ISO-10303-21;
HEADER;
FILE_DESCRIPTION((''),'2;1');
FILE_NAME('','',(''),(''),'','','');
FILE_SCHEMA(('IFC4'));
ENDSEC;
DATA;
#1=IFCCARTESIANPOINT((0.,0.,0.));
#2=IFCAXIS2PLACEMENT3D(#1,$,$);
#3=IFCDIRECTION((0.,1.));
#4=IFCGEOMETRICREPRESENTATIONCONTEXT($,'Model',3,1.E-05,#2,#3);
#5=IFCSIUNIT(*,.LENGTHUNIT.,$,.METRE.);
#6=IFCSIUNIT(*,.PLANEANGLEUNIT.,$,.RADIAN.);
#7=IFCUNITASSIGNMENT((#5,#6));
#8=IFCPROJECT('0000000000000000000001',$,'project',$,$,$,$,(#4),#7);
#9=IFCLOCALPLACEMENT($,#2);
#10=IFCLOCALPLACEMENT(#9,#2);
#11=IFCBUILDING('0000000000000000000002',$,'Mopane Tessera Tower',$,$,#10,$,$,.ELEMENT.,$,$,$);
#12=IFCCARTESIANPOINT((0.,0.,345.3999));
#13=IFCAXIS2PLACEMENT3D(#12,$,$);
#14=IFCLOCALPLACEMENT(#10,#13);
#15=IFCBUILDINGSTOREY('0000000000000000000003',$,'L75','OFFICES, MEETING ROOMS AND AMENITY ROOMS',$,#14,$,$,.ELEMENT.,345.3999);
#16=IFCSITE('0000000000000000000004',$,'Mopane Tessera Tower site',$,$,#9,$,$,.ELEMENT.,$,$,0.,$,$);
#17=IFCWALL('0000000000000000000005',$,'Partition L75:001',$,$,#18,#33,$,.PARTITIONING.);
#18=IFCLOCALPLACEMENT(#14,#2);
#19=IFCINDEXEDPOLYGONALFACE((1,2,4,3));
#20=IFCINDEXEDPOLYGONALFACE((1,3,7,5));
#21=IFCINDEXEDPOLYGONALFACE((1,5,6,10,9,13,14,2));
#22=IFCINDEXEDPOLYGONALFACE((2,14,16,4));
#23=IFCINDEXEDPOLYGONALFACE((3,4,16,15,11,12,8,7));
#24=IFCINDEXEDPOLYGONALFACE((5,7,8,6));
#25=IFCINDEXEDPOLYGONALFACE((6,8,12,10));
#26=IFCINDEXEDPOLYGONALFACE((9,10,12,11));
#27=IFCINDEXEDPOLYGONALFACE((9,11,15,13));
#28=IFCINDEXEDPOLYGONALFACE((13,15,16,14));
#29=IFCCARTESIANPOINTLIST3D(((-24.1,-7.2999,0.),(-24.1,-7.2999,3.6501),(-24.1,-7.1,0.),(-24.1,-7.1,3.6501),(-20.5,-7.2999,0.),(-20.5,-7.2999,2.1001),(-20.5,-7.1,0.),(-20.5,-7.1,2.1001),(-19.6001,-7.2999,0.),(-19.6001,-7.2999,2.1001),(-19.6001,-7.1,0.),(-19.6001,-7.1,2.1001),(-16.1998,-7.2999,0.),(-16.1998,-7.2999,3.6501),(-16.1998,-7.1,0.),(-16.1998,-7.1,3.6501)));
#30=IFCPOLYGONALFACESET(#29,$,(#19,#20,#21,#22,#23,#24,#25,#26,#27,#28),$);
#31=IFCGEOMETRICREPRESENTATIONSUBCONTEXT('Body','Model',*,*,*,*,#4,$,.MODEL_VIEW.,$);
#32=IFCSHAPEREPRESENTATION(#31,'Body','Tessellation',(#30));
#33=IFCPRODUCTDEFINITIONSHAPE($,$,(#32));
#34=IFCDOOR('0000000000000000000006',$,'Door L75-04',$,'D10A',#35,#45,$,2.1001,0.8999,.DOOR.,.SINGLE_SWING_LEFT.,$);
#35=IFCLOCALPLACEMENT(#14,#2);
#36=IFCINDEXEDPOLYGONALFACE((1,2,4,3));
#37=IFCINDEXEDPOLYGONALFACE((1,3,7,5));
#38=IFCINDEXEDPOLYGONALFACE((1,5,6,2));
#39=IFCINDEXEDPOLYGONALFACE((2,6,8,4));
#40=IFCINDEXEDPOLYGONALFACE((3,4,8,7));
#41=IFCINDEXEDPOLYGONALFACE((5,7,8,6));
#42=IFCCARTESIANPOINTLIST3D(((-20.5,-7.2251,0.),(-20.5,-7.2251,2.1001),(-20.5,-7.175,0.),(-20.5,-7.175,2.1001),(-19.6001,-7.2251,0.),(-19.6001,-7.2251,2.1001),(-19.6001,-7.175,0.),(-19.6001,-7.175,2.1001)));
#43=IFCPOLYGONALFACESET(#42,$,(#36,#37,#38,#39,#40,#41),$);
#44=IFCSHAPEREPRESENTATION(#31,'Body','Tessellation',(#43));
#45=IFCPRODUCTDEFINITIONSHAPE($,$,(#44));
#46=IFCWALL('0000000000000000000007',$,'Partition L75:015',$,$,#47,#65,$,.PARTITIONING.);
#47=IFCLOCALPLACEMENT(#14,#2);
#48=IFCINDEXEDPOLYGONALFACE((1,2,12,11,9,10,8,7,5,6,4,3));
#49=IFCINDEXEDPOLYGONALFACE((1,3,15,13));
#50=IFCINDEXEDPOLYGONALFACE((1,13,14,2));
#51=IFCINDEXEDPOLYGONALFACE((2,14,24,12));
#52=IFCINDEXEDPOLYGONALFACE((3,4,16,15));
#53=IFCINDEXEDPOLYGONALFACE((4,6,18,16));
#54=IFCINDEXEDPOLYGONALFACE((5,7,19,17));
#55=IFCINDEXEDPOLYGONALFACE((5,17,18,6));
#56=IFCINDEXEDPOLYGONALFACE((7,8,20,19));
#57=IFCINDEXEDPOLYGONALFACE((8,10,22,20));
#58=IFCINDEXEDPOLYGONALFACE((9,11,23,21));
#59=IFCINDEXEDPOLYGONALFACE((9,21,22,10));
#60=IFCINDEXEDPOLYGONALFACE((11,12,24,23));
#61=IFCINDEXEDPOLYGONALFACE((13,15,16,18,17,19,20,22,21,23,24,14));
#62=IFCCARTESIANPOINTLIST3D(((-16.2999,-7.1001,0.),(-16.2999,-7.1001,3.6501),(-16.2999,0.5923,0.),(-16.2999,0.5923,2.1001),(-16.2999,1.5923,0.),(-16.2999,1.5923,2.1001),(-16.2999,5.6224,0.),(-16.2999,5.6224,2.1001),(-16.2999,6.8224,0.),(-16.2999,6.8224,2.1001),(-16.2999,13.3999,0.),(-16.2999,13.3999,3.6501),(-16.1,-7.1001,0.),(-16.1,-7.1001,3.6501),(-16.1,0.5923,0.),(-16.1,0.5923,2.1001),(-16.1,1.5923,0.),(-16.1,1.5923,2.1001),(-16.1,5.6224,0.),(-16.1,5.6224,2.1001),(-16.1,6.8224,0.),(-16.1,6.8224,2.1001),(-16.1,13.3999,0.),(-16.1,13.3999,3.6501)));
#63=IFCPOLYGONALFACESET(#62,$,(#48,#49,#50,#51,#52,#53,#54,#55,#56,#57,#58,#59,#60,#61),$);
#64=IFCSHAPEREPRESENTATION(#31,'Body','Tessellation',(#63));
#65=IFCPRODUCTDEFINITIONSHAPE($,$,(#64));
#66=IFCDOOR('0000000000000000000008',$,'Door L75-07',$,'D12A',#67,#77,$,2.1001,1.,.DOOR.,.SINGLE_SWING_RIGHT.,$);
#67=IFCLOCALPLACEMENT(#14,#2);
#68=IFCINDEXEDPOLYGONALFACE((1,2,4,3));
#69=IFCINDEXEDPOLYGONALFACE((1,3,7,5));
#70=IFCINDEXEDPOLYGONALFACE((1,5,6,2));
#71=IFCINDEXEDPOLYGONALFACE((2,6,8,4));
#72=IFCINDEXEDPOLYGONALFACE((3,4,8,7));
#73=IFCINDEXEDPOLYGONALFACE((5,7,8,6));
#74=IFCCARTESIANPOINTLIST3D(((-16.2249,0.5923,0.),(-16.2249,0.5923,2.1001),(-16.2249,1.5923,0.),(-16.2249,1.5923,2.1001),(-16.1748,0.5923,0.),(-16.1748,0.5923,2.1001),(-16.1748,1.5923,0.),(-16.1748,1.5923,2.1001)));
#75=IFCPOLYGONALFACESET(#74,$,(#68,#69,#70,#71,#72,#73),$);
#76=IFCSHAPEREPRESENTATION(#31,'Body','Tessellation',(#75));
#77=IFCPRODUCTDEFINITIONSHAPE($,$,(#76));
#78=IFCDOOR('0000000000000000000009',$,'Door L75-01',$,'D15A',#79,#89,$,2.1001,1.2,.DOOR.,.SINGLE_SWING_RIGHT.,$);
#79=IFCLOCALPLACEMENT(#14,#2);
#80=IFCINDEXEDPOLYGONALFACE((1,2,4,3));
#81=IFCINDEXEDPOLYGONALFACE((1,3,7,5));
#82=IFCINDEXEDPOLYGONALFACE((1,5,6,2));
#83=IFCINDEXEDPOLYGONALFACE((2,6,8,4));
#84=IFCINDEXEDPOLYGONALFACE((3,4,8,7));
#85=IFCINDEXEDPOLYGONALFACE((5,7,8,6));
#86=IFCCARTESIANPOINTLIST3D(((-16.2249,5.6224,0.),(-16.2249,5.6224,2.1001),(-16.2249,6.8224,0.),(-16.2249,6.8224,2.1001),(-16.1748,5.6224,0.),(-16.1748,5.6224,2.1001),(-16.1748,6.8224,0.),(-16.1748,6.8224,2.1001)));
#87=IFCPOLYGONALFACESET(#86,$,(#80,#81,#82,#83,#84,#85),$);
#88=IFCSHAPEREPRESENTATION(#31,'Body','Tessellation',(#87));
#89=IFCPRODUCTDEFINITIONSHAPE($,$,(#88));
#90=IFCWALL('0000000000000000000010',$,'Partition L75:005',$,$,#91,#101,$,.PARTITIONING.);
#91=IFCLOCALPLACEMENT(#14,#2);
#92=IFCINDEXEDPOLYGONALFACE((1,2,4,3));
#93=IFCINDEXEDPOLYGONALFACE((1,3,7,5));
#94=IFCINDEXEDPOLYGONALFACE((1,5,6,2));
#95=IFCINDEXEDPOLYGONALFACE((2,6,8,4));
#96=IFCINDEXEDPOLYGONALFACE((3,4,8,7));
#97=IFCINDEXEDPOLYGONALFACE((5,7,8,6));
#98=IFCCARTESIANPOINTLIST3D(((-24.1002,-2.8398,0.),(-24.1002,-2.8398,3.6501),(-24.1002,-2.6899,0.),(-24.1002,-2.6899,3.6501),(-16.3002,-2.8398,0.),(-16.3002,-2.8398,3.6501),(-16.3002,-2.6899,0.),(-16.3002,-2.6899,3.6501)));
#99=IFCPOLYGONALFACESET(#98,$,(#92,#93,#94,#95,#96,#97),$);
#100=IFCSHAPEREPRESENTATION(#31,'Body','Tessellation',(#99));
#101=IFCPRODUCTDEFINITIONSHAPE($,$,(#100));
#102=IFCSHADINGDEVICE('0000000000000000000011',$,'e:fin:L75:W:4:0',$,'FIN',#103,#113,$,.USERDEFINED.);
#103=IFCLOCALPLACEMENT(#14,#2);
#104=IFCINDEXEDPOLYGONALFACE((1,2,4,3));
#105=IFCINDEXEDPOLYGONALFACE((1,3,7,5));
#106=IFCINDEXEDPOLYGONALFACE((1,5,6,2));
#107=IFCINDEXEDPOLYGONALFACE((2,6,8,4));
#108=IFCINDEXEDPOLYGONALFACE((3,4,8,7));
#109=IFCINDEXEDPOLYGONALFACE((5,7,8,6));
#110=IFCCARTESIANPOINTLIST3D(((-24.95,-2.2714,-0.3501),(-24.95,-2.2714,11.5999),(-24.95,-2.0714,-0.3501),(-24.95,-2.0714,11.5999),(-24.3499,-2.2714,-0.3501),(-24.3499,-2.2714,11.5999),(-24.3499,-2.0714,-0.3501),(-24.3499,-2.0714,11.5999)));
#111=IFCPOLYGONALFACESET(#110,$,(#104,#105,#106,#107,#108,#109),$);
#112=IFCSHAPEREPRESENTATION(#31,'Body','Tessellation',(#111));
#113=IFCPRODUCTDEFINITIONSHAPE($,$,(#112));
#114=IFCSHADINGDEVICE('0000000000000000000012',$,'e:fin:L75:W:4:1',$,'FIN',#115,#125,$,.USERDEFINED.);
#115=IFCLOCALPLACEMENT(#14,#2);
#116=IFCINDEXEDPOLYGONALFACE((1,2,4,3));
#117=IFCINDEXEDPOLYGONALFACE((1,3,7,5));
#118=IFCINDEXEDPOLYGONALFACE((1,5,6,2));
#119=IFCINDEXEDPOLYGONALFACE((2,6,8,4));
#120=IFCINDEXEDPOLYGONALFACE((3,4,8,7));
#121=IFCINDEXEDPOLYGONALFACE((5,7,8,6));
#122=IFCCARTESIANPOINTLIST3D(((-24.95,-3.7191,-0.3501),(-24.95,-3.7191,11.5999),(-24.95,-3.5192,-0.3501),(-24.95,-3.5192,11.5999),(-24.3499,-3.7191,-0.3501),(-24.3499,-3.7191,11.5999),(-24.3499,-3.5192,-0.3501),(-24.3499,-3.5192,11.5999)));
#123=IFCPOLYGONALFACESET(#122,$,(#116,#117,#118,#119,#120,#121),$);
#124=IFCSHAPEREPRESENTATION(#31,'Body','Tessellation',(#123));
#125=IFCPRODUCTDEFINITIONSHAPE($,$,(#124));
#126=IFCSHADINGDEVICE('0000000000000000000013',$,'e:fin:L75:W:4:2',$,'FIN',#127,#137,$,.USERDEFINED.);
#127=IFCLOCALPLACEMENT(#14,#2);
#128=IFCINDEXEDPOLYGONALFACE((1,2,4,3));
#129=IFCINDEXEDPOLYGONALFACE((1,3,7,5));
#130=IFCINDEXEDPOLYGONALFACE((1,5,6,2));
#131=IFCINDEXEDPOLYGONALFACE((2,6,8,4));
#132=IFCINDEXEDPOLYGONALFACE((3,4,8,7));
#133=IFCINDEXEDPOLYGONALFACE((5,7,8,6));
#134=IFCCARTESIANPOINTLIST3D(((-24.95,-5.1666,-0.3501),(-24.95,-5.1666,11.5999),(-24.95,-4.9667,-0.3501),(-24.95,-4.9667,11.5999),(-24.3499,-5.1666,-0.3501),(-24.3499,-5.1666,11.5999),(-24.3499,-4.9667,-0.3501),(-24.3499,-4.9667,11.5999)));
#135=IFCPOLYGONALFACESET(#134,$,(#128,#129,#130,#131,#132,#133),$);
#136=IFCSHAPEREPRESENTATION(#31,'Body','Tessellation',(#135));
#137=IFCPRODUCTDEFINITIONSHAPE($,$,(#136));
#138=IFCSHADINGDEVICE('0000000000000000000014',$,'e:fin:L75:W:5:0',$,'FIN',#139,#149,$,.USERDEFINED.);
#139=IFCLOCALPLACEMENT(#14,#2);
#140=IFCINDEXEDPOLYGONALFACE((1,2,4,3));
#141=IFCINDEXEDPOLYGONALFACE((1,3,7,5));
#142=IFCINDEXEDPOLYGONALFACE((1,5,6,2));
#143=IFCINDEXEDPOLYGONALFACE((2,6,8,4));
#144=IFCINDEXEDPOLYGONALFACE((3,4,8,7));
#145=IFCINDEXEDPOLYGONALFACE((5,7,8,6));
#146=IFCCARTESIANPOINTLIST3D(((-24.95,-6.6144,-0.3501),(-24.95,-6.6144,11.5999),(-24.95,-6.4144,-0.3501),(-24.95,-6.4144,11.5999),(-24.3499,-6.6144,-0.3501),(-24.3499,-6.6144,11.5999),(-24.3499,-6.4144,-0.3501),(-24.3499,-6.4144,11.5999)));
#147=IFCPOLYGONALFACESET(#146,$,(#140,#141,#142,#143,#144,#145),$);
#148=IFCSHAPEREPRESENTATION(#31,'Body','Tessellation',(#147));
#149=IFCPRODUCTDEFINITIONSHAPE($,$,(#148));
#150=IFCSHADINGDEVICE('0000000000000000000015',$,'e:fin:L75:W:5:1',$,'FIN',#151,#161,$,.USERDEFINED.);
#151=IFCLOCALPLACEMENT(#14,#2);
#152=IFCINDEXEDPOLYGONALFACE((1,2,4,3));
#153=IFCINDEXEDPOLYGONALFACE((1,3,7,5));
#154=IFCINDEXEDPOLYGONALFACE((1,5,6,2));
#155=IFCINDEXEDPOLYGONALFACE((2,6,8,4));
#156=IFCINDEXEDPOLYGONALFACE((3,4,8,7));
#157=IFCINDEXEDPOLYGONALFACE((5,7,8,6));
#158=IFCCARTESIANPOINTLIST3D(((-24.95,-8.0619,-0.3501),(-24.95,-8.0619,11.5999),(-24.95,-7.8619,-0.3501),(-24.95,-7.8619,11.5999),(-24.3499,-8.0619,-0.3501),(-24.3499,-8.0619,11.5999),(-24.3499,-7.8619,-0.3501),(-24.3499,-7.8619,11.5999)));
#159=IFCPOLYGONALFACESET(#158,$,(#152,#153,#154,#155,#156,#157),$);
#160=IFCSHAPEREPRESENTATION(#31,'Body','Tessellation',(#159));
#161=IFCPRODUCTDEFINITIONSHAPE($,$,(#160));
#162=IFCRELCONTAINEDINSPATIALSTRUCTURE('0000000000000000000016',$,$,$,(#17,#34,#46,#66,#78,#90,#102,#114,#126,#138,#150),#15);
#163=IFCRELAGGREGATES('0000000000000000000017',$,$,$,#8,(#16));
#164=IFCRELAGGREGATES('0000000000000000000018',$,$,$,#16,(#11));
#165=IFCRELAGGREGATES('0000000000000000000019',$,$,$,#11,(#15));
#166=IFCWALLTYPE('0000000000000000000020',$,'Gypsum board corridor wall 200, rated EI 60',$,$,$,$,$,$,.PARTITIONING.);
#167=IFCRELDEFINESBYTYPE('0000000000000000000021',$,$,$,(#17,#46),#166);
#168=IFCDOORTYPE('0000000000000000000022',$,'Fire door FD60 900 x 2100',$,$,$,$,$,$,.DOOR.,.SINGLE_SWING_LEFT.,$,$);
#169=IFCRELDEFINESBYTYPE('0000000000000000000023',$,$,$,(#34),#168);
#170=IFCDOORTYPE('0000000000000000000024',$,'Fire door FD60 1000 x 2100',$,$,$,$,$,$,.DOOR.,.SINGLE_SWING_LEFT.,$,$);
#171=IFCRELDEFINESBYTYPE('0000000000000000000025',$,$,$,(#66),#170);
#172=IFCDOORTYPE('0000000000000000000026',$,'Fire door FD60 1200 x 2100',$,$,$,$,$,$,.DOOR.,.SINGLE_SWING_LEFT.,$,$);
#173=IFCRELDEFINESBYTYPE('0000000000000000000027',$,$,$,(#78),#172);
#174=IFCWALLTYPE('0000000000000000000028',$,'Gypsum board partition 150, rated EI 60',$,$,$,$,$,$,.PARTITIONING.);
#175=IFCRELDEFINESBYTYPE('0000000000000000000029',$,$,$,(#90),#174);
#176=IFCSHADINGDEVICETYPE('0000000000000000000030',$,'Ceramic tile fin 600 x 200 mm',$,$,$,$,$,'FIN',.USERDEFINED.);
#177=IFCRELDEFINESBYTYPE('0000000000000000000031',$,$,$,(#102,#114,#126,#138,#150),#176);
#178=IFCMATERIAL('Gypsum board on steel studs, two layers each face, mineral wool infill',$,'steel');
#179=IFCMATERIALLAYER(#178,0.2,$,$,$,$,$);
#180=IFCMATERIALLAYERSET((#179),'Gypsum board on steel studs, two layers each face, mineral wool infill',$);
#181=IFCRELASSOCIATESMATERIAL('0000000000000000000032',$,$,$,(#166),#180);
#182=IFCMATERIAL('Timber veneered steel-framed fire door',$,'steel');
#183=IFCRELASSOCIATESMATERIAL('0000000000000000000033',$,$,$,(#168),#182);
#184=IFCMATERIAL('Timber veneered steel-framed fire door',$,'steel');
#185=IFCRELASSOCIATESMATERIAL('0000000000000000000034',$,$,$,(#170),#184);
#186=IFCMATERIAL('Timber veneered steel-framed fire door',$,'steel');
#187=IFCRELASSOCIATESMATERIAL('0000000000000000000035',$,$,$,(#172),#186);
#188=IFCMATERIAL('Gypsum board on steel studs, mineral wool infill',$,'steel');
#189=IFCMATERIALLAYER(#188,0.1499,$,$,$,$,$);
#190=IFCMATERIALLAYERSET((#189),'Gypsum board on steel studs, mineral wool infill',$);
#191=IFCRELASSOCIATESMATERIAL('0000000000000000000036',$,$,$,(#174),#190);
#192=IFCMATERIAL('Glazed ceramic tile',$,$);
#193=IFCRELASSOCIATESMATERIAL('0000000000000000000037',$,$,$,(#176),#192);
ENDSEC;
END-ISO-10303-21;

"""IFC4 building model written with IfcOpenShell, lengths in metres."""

from ifc_helpers import new_model, si_unit, direction, frame, frame_2d, origin, origin_2d, place, context, subcontext, project, spatial, rectangle, extrude, material, layer, layer_set, type_object, element, fill, save


model = new_model("IFC4")

# Units and contexts
model_context = context("Model", 3, precision=1e-05, world=origin(), true_north=direction((0.0, 1.0)))
body_context = subcontext(model_context, "Body", "Model", "MODEL_VIEW")
ifc_project = project(units=[si_unit("LENGTHUNIT", "METRE"), si_unit("PLANEANGLEUNIT", "RADIAN")], contexts=[model_context])

# Site, building, storey
site_placement = place(None, origin())
site = spatial("IfcSite", under=ifc_project, at=site_placement, Name="Mopane Tessera Tower site", CompositionType="ELEMENT", RefElevation=0.0)
building_placement = place(site_placement, origin())
building = spatial("IfcBuilding", under=site, at=building_placement, Name="Mopane Tessera Tower", CompositionType="ELEMENT")
storey_placement = place(building_placement, frame((0.0, 0.0, 345.3999)))
storey = spatial("IfcBuildingStorey", under=building, at=storey_placement, Name="L75", Description="OFFICES, MEETING ROOMS AND AMENITY ROOMS", CompositionType="ELEMENT", Elevation=345.3999)

# Wall, opening, door
ifc_material_1 = material(Name="Gypsum board on steel studs, two layers each face, mineral wool infill", Category="steel")
ifc_layer_1 = layer(ifc_material_1, 0.2)
ifc_layer_set_1 = layer_set([ifc_layer_1], Name="Gypsum board on steel studs, two layers each face, mineral wool infill")
wall_type_1 = type_object("IfcWallType", Name="Gypsum board corridor wall 200, rated EI 60", PredefinedType="PARTITIONING", material=ifc_layer_set_1)
wall_1_placement = place(storey_placement, frame((-24.1001, -7.2, 0.0), z_axis=(0.0, 0.0, 1.0), x_axis=(1.0, 0.0, 0.0)))
wall_1 = element("IfcWall", 1, at=wall_1_placement, inside=storey, type_object=wall_type_1, Name="Partition L75:001", PredefinedType="PARTITIONING", context=body_context, shape_type="SweptSolid", body=[
    extrude(rectangle(XDim=7.9001, YDim=0.2, at=frame_2d((3.9502, 0.0))), origin(), (0.0, 0.0, 1.0), 3.6501),
])
opening_1_placement = place(wall_1_placement, frame((3.6001, 0.0, 0.0)))
opening_1 = element("IfcOpeningElement", 2, at=opening_1_placement, cuts=wall_1, PredefinedType="OPENING", context=body_context, shape_type="SweptSolid", body=[
    extrude(rectangle(XDim=0.8999, YDim=2.1001, at=frame_2d((0.45, 1.05))), frame((0.0, 0.1121, 0.0), z_axis=(0.0, -1.0, 0.0), x_axis=(1.0, 0.0, 0.0)), (0.0, 0.0, 1.0), 0.2239),
])
ifc_material_2 = material(Name="Timber veneered steel-framed fire door", Category="steel")
door_type_1 = type_object("IfcDoorType", Name="Fire door FD60 900 x 2100", OperationType="SINGLE_SWING_LEFT", PredefinedType="DOOR", material=ifc_material_2)
door_1_placement = place(opening_1_placement, origin())
door_1 = element("IfcDoor", 3, at=door_1_placement, inside=storey, type_object=door_type_1, Name="Door L75-04", ObjectType="D10A", OperationType="SINGLE_SWING_LEFT", OverallHeight=2.1001, OverallWidth=0.8999, PredefinedType="DOOR", context=body_context, shape_type="SweptSolid", body=[
    extrude(rectangle(XDim=0.8999, YDim=2.1001, at=frame_2d((0.45, 1.05))), frame((0.0, 0.0249, 0.0), z_axis=(0.0, -1.0, 0.0), x_axis=(1.0, 0.0, 0.0)), (0.0, 0.0, 1.0), 0.05),
])
fill(opening_1, door_1)

# Wall, openings, doors
wall_2_placement = place(storey_placement, frame((-16.2, -7.1001, 0.0), z_axis=(0.0, 0.0, 1.0), x_axis=(0.0, 1.0, 0.0)))
wall_2 = element("IfcWall", 4, at=wall_2_placement, inside=storey, type_object=wall_type_1, Name="Partition L75:015", PredefinedType="PARTITIONING", context=body_context, shape_type="SweptSolid", body=[
    extrude(rectangle(XDim=20.5, YDim=0.2, at=frame_2d((10.25, 0.0))), origin(), (0.0, 0.0, 1.0), 3.6501),
])
opening_2_placement = place(wall_2_placement, frame((12.7224, 0.0, 0.0)))
opening_2 = element("IfcOpeningElement", 5, at=opening_2_placement, cuts=wall_2, PredefinedType="OPENING", context=body_context, shape_type="SweptSolid", body=[
    extrude(rectangle(XDim=1.2, YDim=2.1001, at=frame_2d((0.6001, 1.05))), frame((0.0, 0.1121, 0.0), z_axis=(0.0, -1.0, 0.0), x_axis=(1.0, 0.0, 0.0)), (0.0, 0.0, 1.0), 0.2239),
])
opening_3_placement = place(wall_2_placement, frame((7.6924, 0.0, 0.0)))
opening_3 = element("IfcOpeningElement", 6, at=opening_3_placement, cuts=wall_2, PredefinedType="OPENING", context=body_context, shape_type="SweptSolid", body=[
    extrude(rectangle(XDim=1.0, YDim=2.1001, at=frame_2d((0.5, 1.05))), frame((0.0, 0.1121, 0.0), z_axis=(0.0, -1.0, 0.0), x_axis=(1.0, 0.0, 0.0)), (0.0, 0.0, 1.0), 0.2239),
])
ifc_material_3 = material(Name="Timber veneered steel-framed fire door", Category="steel")
door_type_2 = type_object("IfcDoorType", Name="Fire door FD60 1000 x 2100", OperationType="SINGLE_SWING_LEFT", PredefinedType="DOOR", material=ifc_material_3)
door_2_placement = place(opening_3_placement, origin())
door_2 = element("IfcDoor", 7, at=door_2_placement, inside=storey, type_object=door_type_2, Name="Door L75-07", ObjectType="D12A", OperationType="SINGLE_SWING_RIGHT", OverallHeight=2.1001, OverallWidth=1.0, PredefinedType="DOOR", context=body_context, shape_type="SweptSolid", body=[
    extrude(rectangle(XDim=1.0, YDim=2.1001, at=frame_2d((0.5, 1.05))), frame((0.0, 0.0249, 0.0), z_axis=(0.0, -1.0, 0.0), x_axis=(1.0, 0.0, 0.0)), (0.0, 0.0, 1.0), 0.05),
])
fill(opening_3, door_2)
ifc_material_4 = material(Name="Timber veneered steel-framed fire door", Category="steel")
door_type_3 = type_object("IfcDoorType", Name="Fire door FD60 1200 x 2100", OperationType="SINGLE_SWING_LEFT", PredefinedType="DOOR", material=ifc_material_4)
door_3_placement = place(opening_2_placement, origin())
door_3 = element("IfcDoor", 8, at=door_3_placement, inside=storey, type_object=door_type_3, Name="Door L75-01", ObjectType="D15A", OperationType="SINGLE_SWING_RIGHT", OverallHeight=2.1001, OverallWidth=1.2, PredefinedType="DOOR", context=body_context, shape_type="SweptSolid", body=[
    extrude(rectangle(XDim=1.2, YDim=2.1001, at=frame_2d((0.6001, 1.05))), frame((0.0, 0.0249, 0.0), z_axis=(0.0, -1.0, 0.0), x_axis=(1.0, 0.0, 0.0)), (0.0, 0.0, 1.0), 0.05),
])
fill(opening_2, door_3)

# Wall
ifc_material_5 = material(Name="Gypsum board on steel studs, mineral wool infill", Category="steel")
ifc_layer_2 = layer(ifc_material_5, 0.1499)
ifc_layer_set_2 = layer_set([ifc_layer_2], Name="Gypsum board on steel studs, mineral wool infill")
wall_type_2 = type_object("IfcWallType", Name="Gypsum board partition 150, rated EI 60", PredefinedType="PARTITIONING", material=ifc_layer_set_2)
wall_3_placement = place(storey_placement, frame((-24.1001, -2.7649, 0.0), z_axis=(0.0, 0.0, 1.0), x_axis=(1.0, 0.0, 0.0)))
element("IfcWall", 9, at=wall_3_placement, inside=storey, type_object=wall_type_2, Name="Partition L75:005", PredefinedType="PARTITIONING", context=body_context, shape_type="SweptSolid", body=[
    extrude(rectangle(XDim=7.8, YDim=0.1499, at=frame_2d((3.8999, 0.0))), origin(), (0.0, 0.0, 1.0), 3.6501),
])

# Shading devices
ifc_material_6 = material(Name="Glazed ceramic tile")
shading_device_type = type_object("IfcShadingDeviceType", Name="Ceramic tile fin 600 x 200 mm", ElementType="FIN", PredefinedType="USERDEFINED", material=ifc_material_6)
for number, where, z_axis, x_axis, name in (
    (10, (-24.6499, -2.1714, -0.3501), (0.0, 0.0, 1.0), (0.0, -1.0, 0.0), "e:fin:L75:W:4:0"),
    (11, (-24.6499, -3.6191, -0.3501), (0.0, 0.0, 1.0), (0.0, -1.0, 0.0), "e:fin:L75:W:4:1"),
    (12, (-24.6499, -5.0667, -0.3501), (0.0, 0.0, 1.0), (0.0, -1.0, 0.0), "e:fin:L75:W:4:2"),
    (13, (-24.6499, -6.5144, -0.3501), (0.0, 0.0, 1.0), (0.0, -1.0, 0.0), "e:fin:L75:W:5:0"),
    (14, (-24.6499, -7.9619, -0.3501), (0.0, 0.0, 1.0), (0.0, -1.0, 0.0), "e:fin:L75:W:5:1"),
):
    element("IfcShadingDevice", number, at=place(storey_placement, frame(where, z_axis=z_axis, x_axis=x_axis)), inside=storey, type_object=shading_device_type, Name=name, ObjectType="FIN", PredefinedType="USERDEFINED", context=body_context, shape_type="SweptSolid", body=[
        extrude(rectangle(XDim=0.2, YDim=0.6001, at=origin_2d()), origin(), (0.0, 0.0, 1.0), 11.95),
    ])

save(model, "model.ifc")
